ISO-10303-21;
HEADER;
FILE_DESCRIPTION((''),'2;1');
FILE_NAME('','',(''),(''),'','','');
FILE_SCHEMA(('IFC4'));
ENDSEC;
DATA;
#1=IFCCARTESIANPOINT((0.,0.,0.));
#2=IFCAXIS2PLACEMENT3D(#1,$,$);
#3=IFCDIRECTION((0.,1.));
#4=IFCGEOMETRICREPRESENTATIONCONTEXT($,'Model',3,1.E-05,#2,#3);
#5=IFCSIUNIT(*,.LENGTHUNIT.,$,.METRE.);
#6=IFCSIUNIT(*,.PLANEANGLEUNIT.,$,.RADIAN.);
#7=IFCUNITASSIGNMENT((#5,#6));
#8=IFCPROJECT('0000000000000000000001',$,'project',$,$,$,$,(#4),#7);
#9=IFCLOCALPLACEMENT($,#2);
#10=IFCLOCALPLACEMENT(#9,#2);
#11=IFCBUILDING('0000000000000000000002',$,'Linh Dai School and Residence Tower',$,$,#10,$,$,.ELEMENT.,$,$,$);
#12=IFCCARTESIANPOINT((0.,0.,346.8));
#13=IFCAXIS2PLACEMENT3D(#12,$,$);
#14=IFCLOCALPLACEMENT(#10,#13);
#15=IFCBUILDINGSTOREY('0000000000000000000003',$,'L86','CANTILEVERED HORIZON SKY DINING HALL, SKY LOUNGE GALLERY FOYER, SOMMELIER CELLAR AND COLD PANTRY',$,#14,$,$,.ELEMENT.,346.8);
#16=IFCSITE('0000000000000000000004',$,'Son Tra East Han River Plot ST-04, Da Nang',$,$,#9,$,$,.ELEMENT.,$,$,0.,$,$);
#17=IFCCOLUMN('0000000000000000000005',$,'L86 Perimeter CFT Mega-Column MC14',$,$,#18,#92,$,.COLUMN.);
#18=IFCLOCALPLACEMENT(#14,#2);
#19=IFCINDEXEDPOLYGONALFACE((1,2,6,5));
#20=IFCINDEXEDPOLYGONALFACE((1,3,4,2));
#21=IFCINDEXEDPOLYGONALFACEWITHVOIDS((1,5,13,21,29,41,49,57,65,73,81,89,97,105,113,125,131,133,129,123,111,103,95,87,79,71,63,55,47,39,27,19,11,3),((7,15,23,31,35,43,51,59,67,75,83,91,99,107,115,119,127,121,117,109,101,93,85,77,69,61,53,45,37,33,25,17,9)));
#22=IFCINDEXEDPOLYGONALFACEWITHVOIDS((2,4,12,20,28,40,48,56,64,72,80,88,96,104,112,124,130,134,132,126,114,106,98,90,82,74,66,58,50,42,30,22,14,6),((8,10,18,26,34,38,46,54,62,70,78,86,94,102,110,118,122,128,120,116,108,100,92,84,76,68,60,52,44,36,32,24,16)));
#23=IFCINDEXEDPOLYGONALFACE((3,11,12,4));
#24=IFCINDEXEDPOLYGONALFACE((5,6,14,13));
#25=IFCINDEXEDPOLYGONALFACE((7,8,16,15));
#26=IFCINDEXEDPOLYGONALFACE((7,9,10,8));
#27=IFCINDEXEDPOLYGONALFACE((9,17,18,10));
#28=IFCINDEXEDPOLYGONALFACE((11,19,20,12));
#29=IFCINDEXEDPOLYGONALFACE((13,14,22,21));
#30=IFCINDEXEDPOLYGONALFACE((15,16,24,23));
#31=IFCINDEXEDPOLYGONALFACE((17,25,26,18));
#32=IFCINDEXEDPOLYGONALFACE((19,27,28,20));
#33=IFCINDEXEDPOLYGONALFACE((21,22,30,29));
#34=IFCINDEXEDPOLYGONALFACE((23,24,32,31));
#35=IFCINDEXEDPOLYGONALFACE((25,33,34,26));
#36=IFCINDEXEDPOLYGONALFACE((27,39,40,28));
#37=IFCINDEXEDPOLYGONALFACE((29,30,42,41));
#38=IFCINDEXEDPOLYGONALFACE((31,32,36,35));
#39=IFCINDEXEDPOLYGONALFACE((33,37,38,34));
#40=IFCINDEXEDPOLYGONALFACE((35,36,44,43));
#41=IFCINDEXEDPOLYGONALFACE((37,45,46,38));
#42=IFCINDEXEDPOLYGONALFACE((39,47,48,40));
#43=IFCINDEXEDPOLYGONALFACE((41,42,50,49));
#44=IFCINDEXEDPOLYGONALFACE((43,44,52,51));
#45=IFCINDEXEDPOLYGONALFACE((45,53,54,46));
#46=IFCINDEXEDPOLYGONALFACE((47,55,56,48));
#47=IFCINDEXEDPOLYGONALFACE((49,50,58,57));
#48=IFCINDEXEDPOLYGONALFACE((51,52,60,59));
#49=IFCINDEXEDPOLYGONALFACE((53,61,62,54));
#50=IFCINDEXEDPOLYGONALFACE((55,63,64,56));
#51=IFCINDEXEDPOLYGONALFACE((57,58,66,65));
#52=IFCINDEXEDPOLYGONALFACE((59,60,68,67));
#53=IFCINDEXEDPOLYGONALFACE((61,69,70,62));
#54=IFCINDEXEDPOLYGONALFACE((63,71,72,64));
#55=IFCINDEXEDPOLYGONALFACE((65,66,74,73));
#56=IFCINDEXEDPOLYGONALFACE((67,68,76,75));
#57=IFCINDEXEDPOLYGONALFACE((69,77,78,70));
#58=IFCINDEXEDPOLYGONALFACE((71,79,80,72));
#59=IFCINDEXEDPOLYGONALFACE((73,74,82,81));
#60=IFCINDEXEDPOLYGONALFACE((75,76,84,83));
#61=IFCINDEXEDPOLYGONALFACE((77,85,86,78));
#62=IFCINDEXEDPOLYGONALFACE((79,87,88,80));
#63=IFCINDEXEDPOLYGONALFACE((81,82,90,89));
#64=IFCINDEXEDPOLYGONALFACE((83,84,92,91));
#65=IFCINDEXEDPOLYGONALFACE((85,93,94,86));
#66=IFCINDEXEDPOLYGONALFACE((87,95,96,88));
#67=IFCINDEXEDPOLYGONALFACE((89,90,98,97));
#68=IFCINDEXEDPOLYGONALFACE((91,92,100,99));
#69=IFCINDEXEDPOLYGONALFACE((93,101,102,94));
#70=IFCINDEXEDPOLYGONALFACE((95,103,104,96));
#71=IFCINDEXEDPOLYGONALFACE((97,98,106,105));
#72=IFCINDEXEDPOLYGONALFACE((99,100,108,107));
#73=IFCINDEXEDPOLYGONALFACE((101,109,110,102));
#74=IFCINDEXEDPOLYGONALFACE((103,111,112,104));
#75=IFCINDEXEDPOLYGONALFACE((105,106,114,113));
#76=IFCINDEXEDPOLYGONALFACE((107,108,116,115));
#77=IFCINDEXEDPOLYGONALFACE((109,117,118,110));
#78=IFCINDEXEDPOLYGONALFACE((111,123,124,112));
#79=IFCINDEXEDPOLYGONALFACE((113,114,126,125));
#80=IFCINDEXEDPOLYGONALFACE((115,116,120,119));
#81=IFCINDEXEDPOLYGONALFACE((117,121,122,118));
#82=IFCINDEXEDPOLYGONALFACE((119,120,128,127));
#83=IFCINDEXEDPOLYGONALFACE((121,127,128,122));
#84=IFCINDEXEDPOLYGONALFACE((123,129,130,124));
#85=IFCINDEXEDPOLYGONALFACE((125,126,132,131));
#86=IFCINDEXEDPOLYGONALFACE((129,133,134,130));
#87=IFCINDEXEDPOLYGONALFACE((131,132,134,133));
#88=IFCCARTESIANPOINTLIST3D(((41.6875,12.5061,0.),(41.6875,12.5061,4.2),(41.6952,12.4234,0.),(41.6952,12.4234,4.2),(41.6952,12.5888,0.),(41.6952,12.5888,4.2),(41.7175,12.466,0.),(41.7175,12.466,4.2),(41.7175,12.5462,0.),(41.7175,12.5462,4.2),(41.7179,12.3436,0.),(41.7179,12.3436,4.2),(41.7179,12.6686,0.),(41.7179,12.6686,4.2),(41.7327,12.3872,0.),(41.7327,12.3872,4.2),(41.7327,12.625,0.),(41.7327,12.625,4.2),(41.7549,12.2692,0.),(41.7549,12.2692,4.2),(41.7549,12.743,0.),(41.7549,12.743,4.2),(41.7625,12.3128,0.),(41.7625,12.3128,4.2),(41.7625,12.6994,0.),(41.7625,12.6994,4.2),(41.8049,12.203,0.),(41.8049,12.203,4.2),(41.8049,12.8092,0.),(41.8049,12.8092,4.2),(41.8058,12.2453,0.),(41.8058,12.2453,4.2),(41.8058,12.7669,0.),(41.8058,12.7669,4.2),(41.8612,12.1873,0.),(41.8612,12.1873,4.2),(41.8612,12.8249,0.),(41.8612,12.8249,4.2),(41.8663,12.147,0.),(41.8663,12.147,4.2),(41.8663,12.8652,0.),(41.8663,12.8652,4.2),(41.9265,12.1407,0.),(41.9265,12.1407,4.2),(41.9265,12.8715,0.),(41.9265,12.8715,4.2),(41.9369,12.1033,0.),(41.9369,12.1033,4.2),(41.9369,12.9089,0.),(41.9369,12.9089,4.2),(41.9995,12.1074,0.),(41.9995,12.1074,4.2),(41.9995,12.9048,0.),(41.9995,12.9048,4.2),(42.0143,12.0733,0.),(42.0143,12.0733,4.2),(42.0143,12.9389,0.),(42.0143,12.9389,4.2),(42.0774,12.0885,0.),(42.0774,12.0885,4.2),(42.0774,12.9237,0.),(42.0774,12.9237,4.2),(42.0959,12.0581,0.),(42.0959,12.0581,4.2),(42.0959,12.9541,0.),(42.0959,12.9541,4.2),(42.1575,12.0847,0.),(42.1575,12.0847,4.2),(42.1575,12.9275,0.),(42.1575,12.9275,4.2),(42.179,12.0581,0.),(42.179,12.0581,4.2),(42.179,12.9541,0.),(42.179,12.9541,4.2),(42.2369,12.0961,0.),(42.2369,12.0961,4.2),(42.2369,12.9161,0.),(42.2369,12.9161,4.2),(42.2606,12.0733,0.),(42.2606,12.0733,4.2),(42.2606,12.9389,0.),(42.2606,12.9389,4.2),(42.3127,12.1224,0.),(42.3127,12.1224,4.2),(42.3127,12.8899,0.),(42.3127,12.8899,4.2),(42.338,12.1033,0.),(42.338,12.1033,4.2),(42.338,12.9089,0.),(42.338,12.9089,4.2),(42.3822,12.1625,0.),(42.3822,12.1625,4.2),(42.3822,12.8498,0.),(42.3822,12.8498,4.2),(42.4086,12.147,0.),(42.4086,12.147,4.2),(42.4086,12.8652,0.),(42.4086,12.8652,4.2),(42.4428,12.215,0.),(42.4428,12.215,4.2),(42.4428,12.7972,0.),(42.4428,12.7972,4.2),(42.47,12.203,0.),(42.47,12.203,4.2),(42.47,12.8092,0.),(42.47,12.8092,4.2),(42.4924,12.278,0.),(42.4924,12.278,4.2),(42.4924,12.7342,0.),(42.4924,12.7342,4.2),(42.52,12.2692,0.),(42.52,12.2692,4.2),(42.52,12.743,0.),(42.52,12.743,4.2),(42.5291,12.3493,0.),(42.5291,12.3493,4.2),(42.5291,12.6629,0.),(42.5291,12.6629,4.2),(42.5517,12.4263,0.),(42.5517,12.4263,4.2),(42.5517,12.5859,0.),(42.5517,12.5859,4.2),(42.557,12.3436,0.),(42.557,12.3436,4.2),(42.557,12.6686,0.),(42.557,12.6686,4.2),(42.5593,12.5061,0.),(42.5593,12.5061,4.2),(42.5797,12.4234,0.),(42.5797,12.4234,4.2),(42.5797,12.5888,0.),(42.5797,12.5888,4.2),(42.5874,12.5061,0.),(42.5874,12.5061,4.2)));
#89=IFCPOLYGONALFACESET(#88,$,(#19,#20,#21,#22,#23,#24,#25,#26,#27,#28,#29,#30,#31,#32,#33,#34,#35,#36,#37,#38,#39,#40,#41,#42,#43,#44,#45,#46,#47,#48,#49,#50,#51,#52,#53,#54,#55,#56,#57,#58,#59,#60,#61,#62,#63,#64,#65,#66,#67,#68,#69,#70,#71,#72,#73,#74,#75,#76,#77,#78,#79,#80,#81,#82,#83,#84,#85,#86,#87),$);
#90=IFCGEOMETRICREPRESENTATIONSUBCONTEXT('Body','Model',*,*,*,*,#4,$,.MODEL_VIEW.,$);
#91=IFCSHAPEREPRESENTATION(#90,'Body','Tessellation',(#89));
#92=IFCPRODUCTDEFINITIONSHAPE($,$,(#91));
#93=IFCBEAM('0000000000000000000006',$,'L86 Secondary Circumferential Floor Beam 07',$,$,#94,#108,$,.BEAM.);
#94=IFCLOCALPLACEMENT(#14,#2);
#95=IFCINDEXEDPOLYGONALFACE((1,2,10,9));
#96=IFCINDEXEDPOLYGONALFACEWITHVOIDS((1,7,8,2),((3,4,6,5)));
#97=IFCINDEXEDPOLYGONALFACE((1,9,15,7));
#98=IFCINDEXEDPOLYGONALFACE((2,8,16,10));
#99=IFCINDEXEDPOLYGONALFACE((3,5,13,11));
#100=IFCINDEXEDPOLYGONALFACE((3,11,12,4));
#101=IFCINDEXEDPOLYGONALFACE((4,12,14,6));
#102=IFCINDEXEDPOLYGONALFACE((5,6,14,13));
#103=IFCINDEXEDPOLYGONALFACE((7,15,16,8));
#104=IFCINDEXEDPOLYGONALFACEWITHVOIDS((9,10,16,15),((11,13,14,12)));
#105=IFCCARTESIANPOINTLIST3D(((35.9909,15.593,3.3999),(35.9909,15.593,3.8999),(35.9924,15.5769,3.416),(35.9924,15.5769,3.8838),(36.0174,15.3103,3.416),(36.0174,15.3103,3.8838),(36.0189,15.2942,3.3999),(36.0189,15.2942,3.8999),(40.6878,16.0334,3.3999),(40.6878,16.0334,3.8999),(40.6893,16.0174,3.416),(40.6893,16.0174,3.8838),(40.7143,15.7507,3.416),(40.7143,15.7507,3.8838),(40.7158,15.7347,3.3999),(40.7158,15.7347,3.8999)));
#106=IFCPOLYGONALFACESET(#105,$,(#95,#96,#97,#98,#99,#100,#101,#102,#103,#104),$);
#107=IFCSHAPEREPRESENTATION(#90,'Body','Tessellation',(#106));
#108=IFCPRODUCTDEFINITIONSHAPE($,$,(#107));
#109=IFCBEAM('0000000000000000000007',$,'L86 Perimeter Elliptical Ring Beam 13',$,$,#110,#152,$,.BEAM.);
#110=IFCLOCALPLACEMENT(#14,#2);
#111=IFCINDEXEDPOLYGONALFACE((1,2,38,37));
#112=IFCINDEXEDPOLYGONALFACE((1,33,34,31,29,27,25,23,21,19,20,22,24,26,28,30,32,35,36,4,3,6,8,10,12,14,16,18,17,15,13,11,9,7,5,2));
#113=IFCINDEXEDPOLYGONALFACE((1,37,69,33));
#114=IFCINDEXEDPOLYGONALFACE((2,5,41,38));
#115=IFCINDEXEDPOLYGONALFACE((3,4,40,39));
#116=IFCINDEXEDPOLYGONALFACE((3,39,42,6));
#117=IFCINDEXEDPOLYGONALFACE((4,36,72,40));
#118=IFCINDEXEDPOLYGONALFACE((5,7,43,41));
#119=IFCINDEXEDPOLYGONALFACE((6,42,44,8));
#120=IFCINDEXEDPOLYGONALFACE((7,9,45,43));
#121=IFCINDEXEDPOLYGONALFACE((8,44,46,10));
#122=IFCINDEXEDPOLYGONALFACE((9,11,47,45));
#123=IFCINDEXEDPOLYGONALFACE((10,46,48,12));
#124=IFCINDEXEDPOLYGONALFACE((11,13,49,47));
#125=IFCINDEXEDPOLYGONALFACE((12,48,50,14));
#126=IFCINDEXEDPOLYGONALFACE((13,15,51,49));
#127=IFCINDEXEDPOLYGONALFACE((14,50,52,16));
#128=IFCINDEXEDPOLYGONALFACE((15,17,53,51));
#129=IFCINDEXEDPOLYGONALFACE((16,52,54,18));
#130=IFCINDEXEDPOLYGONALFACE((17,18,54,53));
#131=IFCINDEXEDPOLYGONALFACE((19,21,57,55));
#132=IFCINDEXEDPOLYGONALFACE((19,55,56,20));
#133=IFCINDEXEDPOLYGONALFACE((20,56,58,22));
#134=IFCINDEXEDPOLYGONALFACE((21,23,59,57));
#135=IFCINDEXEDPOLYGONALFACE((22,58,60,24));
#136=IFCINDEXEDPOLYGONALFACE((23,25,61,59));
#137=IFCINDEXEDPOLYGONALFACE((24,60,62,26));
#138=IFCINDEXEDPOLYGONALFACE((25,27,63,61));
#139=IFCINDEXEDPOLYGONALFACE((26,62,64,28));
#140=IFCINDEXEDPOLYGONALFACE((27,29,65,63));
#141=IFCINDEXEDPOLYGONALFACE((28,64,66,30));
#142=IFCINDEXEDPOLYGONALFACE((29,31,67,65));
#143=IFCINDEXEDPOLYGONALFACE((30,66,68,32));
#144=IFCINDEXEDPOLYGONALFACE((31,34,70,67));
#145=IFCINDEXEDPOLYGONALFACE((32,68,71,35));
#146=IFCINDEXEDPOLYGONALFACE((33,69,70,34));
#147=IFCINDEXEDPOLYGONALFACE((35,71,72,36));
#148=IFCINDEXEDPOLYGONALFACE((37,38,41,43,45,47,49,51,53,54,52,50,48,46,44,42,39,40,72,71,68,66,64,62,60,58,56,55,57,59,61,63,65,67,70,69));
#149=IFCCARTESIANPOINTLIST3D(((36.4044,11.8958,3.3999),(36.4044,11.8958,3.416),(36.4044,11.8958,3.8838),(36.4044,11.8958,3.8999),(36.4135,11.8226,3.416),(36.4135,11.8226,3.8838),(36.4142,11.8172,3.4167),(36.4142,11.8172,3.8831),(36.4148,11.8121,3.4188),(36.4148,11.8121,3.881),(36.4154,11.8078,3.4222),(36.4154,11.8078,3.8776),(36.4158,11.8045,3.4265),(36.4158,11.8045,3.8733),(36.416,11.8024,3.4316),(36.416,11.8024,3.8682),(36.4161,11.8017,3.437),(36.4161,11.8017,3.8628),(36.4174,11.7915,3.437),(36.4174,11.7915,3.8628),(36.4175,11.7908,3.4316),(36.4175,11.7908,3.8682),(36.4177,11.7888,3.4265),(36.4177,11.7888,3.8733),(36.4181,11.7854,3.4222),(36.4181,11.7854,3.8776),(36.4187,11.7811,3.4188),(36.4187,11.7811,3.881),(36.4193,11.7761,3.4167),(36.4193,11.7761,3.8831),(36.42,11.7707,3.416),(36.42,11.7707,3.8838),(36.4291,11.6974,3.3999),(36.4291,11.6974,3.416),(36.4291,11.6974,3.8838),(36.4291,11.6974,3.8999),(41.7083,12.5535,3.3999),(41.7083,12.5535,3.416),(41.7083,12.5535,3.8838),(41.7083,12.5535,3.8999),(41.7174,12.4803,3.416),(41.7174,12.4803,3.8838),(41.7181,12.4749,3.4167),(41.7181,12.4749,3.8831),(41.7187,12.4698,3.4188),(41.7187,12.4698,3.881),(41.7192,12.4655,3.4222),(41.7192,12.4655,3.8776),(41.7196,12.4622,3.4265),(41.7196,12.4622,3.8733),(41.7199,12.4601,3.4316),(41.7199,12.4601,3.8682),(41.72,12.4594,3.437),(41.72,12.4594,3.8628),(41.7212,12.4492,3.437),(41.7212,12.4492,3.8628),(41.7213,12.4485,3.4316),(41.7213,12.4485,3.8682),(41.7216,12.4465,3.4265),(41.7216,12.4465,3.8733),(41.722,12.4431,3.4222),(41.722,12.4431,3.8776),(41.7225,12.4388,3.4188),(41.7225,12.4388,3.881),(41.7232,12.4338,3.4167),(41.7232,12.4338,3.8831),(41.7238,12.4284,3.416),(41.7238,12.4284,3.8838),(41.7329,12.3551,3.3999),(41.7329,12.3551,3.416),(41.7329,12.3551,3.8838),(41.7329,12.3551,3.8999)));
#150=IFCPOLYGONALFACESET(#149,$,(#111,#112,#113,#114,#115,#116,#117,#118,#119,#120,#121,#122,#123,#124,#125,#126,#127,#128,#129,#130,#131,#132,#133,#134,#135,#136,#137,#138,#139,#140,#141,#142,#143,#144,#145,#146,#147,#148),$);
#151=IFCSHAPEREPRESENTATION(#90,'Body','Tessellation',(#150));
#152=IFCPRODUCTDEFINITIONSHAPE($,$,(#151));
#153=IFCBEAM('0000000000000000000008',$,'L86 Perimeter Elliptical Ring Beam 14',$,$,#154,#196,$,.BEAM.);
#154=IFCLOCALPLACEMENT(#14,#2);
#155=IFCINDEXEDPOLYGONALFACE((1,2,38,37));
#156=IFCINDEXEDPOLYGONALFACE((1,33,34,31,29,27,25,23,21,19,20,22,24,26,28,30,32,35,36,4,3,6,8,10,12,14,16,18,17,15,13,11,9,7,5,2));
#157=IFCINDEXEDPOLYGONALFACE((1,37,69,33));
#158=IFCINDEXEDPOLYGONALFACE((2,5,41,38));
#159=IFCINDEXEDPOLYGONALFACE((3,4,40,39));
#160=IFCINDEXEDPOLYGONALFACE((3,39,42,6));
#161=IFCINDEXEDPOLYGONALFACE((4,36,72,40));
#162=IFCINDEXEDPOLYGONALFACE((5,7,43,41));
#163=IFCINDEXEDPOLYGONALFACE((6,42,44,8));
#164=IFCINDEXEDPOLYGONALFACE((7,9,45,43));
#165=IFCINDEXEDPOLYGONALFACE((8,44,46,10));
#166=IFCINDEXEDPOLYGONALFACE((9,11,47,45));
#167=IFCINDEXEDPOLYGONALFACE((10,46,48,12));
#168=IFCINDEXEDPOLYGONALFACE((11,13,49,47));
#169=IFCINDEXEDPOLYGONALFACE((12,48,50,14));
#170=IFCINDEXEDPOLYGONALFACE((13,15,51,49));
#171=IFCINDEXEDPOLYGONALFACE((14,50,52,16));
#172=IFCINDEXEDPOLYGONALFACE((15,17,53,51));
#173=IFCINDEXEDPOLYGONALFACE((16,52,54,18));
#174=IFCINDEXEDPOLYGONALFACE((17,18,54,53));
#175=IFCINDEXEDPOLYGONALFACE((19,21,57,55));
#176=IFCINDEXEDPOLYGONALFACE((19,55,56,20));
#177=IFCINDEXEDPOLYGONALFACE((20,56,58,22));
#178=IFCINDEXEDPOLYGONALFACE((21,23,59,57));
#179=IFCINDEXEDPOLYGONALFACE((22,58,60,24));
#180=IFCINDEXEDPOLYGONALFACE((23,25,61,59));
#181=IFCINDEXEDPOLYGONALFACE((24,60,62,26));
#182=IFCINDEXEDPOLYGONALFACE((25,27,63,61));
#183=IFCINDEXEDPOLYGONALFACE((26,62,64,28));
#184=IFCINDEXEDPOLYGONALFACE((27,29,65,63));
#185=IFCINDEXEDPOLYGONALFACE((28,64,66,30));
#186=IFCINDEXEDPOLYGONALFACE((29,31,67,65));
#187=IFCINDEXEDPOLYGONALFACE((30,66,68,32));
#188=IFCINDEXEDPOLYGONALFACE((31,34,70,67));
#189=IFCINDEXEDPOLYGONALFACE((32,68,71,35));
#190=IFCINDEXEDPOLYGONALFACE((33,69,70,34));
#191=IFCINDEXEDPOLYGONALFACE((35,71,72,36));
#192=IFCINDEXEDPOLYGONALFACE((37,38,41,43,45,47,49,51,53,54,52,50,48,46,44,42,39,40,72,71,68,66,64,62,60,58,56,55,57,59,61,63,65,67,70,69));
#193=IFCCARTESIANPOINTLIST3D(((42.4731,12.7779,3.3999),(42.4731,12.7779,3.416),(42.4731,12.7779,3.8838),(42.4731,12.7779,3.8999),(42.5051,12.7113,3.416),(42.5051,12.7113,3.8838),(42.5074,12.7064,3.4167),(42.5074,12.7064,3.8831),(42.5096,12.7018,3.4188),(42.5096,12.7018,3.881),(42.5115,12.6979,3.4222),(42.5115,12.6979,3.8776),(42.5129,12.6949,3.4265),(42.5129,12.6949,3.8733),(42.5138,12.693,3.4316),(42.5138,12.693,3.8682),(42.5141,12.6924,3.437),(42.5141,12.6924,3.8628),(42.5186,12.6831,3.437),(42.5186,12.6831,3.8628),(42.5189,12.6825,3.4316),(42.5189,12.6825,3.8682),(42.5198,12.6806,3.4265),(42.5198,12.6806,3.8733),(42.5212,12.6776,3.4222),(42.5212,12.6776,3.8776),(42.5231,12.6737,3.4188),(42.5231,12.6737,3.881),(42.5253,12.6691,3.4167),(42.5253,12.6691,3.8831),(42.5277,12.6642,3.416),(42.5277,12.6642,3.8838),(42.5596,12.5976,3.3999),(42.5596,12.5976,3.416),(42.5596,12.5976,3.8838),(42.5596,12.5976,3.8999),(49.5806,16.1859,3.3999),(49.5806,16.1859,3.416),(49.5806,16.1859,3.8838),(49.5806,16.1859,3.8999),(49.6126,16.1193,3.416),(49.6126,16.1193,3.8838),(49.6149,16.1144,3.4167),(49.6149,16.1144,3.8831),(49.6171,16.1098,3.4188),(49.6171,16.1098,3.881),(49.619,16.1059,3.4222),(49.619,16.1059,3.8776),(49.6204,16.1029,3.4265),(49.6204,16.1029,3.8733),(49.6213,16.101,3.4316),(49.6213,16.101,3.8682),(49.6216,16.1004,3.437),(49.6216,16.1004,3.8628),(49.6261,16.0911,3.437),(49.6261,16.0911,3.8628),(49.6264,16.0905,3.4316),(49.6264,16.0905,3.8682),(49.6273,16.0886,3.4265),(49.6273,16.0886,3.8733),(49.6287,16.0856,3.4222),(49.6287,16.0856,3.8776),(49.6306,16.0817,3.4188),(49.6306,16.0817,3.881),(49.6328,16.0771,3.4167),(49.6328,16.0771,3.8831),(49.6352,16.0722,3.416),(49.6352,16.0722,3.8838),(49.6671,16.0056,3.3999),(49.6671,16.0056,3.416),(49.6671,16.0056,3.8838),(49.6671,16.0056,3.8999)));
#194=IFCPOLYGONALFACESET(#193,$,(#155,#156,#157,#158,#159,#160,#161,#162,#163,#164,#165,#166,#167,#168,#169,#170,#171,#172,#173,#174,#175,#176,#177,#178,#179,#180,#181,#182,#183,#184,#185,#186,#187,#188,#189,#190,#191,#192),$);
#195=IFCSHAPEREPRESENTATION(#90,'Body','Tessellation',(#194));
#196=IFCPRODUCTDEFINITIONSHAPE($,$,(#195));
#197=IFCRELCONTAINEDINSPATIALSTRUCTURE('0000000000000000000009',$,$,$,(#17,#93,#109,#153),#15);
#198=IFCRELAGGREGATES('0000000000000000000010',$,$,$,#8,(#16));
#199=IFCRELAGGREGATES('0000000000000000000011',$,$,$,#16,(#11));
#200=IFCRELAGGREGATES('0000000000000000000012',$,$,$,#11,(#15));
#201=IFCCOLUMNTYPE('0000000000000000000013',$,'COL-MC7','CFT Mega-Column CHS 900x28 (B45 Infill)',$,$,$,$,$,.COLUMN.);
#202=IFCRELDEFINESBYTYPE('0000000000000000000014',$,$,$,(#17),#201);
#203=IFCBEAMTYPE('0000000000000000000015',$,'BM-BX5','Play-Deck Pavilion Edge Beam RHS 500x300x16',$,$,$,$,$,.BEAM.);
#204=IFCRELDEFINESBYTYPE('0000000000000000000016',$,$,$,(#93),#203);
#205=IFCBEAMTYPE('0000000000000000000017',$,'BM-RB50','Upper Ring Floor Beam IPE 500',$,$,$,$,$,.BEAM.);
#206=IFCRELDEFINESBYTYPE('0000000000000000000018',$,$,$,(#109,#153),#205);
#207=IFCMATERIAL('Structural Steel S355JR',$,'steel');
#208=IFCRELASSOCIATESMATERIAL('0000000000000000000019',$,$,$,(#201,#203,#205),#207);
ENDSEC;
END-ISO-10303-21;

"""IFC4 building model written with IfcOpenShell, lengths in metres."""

from ifc_helpers import new_model, si_unit, direction, frame, origin, origin_2d, place, context, subcontext, project, spatial, hollow_rectangle, hollow_circle, i_section, extrude, material, material_profile, profile_set, type_object, element, save


model = new_model("IFC4")

# Units and contexts
model_context = context("Model", 3, precision=1e-05, world=origin(), true_north=direction((0.0, 1.0)))
body_context = subcontext(model_context, "Body", "Model", "MODEL_VIEW")
ifc_project = project(units=[si_unit("LENGTHUNIT", "METRE"), si_unit("PLANEANGLEUNIT", "RADIAN")], contexts=[model_context])

# Site, building, storey
site_placement = place(None, origin())
site = spatial("IfcSite", under=ifc_project, at=site_placement, Name="Son Tra East Han River Plot ST-04, Da Nang", CompositionType="ELEMENT", RefElevation=0.0)
building_placement = place(site_placement, origin())
building = spatial("IfcBuilding", under=site, at=building_placement, Name="Linh Dai School and Residence Tower", CompositionType="ELEMENT")
storey_placement = place(building_placement, frame((0.0, 0.0, 346.8)))
storey = spatial("IfcBuildingStorey", under=building, at=storey_placement, Name="L86", Description="CANTILEVERED HORIZON SKY DINING HALL, SKY LOUNGE GALLERY FOYER, SOMMELIER CELLAR AND COLD PANTRY", CompositionType="ELEMENT", Elevation=346.8)

# Column
ifc_material_1 = material(Name="Structural Steel S355JR", Category="steel")
ifc_material_profile_1 = material_profile(ifc_material_1, hollow_circle(Radius=0.45, WallThickness=0.0281, at=origin_2d()), Name="CHS 900x28")
ifc_profile_set_1 = profile_set([ifc_material_profile_1], Name="Structural Steel S355JR")
column_type = type_object("IfcColumnType", Name="COL-MC7", Description="CFT Mega-Column CHS 900x28 (B45 Infill)", PredefinedType="COLUMN", material=ifc_profile_set_1)
column_placement = place(storey_placement, frame((42.1375, 12.5061, 0.0), z_axis=(0.0, 0.0, 1.0), x_axis=(1.0, 0.0, 0.0)))
element("IfcColumn", 1, at=column_placement, inside=storey, type_object=column_type, Name="L86 Perimeter CFT Mega-Column MC14", PredefinedType="COLUMN", context=body_context, shape_type="SweptSolid", body=[
    extrude(hollow_circle(Radius=0.45, WallThickness=0.0281, at=origin_2d()), origin(), (0.0, 0.0, 1.0), 4.2),
])

# Beams
ifc_material_profile_2 = material_profile(ifc_material_1, hollow_rectangle(XDim=0.3, YDim=0.5, WallThickness=0.0161, at=origin_2d()), Name="RHS 500x300x16")
ifc_profile_set_2 = profile_set([ifc_material_profile_2], Name="Structural Steel S355JR")
beam_type_1 = type_object("IfcBeamType", Name="BM-BX5", Description="Play-Deck Pavilion Edge Beam RHS 500x300x16", PredefinedType="BEAM", material=ifc_profile_set_2)
beam_1_placement = place(storey_placement, frame((36.0049, 15.4436, 3.6499), z_axis=(0.995633, 0.093358, 0.0), x_axis=(-0.093358, 0.995633, 0.0)))
element("IfcBeam", 2, at=beam_1_placement, inside=storey, type_object=beam_type_1, Name="L86 Secondary Circumferential Floor Beam 07", PredefinedType="BEAM", context=body_context, shape_type="SweptSolid", body=[
    extrude(hollow_rectangle(XDim=0.3, YDim=0.5, WallThickness=0.0161, at=origin_2d()), origin(), (0.0, 0.0, 1.0), 4.7175),
])
ifc_material_profile_3 = material_profile(ifc_material_1, i_section(OverallWidth=0.2, OverallDepth=0.5, WebThickness=0.0103, FlangeThickness=0.0161, FilletRadius=0.021, at=origin_2d()), Name="IPE 500")
ifc_profile_set_3 = profile_set([ifc_material_profile_3], Name="Structural Steel S355JR")
beam_type_2 = type_object("IfcBeamType", Name="BM-RB50", Description="Upper Ring Floor Beam IPE 500", PredefinedType="BEAM", material=ifc_profile_set_3)
beam_2_placement = place(storey_placement, frame((36.4167, 11.7966, 3.6499), z_axis=(0.992399, 0.123062, 0.0), x_axis=(-0.123062, 0.992399, 0.0)))
element("IfcBeam", 3, at=beam_2_placement, inside=storey, type_object=beam_type_2, Name="L86 Perimeter Elliptical Ring Beam 13", PredefinedType="BEAM", context=body_context, shape_type="SweptSolid", body=[
    extrude(i_section(OverallWidth=0.2, OverallDepth=0.5, WebThickness=0.0103, FlangeThickness=0.0161, FilletRadius=0.021, at=origin_2d()), origin(), (0.0, 0.0, 1.0), 5.3445),
])
beam_3_placement = place(storey_placement, frame((42.5164, 12.6877, 3.6499), z_axis=(0.901701, 0.432359, 0.0), x_axis=(-0.432359, 0.901701, 0.0)))
element("IfcBeam", 4, at=beam_3_placement, inside=storey, type_object=beam_type_2, Name="L86 Perimeter Elliptical Ring Beam 14", PredefinedType="BEAM", context=body_context, shape_type="SweptSolid", body=[
    extrude(i_section(OverallWidth=0.2, OverallDepth=0.5, WebThickness=0.0103, FlangeThickness=0.0161, FilletRadius=0.021, at=origin_2d()), origin(), (0.0, 0.0, 1.0), 7.8823),
])

save(model, "model.ifc")
